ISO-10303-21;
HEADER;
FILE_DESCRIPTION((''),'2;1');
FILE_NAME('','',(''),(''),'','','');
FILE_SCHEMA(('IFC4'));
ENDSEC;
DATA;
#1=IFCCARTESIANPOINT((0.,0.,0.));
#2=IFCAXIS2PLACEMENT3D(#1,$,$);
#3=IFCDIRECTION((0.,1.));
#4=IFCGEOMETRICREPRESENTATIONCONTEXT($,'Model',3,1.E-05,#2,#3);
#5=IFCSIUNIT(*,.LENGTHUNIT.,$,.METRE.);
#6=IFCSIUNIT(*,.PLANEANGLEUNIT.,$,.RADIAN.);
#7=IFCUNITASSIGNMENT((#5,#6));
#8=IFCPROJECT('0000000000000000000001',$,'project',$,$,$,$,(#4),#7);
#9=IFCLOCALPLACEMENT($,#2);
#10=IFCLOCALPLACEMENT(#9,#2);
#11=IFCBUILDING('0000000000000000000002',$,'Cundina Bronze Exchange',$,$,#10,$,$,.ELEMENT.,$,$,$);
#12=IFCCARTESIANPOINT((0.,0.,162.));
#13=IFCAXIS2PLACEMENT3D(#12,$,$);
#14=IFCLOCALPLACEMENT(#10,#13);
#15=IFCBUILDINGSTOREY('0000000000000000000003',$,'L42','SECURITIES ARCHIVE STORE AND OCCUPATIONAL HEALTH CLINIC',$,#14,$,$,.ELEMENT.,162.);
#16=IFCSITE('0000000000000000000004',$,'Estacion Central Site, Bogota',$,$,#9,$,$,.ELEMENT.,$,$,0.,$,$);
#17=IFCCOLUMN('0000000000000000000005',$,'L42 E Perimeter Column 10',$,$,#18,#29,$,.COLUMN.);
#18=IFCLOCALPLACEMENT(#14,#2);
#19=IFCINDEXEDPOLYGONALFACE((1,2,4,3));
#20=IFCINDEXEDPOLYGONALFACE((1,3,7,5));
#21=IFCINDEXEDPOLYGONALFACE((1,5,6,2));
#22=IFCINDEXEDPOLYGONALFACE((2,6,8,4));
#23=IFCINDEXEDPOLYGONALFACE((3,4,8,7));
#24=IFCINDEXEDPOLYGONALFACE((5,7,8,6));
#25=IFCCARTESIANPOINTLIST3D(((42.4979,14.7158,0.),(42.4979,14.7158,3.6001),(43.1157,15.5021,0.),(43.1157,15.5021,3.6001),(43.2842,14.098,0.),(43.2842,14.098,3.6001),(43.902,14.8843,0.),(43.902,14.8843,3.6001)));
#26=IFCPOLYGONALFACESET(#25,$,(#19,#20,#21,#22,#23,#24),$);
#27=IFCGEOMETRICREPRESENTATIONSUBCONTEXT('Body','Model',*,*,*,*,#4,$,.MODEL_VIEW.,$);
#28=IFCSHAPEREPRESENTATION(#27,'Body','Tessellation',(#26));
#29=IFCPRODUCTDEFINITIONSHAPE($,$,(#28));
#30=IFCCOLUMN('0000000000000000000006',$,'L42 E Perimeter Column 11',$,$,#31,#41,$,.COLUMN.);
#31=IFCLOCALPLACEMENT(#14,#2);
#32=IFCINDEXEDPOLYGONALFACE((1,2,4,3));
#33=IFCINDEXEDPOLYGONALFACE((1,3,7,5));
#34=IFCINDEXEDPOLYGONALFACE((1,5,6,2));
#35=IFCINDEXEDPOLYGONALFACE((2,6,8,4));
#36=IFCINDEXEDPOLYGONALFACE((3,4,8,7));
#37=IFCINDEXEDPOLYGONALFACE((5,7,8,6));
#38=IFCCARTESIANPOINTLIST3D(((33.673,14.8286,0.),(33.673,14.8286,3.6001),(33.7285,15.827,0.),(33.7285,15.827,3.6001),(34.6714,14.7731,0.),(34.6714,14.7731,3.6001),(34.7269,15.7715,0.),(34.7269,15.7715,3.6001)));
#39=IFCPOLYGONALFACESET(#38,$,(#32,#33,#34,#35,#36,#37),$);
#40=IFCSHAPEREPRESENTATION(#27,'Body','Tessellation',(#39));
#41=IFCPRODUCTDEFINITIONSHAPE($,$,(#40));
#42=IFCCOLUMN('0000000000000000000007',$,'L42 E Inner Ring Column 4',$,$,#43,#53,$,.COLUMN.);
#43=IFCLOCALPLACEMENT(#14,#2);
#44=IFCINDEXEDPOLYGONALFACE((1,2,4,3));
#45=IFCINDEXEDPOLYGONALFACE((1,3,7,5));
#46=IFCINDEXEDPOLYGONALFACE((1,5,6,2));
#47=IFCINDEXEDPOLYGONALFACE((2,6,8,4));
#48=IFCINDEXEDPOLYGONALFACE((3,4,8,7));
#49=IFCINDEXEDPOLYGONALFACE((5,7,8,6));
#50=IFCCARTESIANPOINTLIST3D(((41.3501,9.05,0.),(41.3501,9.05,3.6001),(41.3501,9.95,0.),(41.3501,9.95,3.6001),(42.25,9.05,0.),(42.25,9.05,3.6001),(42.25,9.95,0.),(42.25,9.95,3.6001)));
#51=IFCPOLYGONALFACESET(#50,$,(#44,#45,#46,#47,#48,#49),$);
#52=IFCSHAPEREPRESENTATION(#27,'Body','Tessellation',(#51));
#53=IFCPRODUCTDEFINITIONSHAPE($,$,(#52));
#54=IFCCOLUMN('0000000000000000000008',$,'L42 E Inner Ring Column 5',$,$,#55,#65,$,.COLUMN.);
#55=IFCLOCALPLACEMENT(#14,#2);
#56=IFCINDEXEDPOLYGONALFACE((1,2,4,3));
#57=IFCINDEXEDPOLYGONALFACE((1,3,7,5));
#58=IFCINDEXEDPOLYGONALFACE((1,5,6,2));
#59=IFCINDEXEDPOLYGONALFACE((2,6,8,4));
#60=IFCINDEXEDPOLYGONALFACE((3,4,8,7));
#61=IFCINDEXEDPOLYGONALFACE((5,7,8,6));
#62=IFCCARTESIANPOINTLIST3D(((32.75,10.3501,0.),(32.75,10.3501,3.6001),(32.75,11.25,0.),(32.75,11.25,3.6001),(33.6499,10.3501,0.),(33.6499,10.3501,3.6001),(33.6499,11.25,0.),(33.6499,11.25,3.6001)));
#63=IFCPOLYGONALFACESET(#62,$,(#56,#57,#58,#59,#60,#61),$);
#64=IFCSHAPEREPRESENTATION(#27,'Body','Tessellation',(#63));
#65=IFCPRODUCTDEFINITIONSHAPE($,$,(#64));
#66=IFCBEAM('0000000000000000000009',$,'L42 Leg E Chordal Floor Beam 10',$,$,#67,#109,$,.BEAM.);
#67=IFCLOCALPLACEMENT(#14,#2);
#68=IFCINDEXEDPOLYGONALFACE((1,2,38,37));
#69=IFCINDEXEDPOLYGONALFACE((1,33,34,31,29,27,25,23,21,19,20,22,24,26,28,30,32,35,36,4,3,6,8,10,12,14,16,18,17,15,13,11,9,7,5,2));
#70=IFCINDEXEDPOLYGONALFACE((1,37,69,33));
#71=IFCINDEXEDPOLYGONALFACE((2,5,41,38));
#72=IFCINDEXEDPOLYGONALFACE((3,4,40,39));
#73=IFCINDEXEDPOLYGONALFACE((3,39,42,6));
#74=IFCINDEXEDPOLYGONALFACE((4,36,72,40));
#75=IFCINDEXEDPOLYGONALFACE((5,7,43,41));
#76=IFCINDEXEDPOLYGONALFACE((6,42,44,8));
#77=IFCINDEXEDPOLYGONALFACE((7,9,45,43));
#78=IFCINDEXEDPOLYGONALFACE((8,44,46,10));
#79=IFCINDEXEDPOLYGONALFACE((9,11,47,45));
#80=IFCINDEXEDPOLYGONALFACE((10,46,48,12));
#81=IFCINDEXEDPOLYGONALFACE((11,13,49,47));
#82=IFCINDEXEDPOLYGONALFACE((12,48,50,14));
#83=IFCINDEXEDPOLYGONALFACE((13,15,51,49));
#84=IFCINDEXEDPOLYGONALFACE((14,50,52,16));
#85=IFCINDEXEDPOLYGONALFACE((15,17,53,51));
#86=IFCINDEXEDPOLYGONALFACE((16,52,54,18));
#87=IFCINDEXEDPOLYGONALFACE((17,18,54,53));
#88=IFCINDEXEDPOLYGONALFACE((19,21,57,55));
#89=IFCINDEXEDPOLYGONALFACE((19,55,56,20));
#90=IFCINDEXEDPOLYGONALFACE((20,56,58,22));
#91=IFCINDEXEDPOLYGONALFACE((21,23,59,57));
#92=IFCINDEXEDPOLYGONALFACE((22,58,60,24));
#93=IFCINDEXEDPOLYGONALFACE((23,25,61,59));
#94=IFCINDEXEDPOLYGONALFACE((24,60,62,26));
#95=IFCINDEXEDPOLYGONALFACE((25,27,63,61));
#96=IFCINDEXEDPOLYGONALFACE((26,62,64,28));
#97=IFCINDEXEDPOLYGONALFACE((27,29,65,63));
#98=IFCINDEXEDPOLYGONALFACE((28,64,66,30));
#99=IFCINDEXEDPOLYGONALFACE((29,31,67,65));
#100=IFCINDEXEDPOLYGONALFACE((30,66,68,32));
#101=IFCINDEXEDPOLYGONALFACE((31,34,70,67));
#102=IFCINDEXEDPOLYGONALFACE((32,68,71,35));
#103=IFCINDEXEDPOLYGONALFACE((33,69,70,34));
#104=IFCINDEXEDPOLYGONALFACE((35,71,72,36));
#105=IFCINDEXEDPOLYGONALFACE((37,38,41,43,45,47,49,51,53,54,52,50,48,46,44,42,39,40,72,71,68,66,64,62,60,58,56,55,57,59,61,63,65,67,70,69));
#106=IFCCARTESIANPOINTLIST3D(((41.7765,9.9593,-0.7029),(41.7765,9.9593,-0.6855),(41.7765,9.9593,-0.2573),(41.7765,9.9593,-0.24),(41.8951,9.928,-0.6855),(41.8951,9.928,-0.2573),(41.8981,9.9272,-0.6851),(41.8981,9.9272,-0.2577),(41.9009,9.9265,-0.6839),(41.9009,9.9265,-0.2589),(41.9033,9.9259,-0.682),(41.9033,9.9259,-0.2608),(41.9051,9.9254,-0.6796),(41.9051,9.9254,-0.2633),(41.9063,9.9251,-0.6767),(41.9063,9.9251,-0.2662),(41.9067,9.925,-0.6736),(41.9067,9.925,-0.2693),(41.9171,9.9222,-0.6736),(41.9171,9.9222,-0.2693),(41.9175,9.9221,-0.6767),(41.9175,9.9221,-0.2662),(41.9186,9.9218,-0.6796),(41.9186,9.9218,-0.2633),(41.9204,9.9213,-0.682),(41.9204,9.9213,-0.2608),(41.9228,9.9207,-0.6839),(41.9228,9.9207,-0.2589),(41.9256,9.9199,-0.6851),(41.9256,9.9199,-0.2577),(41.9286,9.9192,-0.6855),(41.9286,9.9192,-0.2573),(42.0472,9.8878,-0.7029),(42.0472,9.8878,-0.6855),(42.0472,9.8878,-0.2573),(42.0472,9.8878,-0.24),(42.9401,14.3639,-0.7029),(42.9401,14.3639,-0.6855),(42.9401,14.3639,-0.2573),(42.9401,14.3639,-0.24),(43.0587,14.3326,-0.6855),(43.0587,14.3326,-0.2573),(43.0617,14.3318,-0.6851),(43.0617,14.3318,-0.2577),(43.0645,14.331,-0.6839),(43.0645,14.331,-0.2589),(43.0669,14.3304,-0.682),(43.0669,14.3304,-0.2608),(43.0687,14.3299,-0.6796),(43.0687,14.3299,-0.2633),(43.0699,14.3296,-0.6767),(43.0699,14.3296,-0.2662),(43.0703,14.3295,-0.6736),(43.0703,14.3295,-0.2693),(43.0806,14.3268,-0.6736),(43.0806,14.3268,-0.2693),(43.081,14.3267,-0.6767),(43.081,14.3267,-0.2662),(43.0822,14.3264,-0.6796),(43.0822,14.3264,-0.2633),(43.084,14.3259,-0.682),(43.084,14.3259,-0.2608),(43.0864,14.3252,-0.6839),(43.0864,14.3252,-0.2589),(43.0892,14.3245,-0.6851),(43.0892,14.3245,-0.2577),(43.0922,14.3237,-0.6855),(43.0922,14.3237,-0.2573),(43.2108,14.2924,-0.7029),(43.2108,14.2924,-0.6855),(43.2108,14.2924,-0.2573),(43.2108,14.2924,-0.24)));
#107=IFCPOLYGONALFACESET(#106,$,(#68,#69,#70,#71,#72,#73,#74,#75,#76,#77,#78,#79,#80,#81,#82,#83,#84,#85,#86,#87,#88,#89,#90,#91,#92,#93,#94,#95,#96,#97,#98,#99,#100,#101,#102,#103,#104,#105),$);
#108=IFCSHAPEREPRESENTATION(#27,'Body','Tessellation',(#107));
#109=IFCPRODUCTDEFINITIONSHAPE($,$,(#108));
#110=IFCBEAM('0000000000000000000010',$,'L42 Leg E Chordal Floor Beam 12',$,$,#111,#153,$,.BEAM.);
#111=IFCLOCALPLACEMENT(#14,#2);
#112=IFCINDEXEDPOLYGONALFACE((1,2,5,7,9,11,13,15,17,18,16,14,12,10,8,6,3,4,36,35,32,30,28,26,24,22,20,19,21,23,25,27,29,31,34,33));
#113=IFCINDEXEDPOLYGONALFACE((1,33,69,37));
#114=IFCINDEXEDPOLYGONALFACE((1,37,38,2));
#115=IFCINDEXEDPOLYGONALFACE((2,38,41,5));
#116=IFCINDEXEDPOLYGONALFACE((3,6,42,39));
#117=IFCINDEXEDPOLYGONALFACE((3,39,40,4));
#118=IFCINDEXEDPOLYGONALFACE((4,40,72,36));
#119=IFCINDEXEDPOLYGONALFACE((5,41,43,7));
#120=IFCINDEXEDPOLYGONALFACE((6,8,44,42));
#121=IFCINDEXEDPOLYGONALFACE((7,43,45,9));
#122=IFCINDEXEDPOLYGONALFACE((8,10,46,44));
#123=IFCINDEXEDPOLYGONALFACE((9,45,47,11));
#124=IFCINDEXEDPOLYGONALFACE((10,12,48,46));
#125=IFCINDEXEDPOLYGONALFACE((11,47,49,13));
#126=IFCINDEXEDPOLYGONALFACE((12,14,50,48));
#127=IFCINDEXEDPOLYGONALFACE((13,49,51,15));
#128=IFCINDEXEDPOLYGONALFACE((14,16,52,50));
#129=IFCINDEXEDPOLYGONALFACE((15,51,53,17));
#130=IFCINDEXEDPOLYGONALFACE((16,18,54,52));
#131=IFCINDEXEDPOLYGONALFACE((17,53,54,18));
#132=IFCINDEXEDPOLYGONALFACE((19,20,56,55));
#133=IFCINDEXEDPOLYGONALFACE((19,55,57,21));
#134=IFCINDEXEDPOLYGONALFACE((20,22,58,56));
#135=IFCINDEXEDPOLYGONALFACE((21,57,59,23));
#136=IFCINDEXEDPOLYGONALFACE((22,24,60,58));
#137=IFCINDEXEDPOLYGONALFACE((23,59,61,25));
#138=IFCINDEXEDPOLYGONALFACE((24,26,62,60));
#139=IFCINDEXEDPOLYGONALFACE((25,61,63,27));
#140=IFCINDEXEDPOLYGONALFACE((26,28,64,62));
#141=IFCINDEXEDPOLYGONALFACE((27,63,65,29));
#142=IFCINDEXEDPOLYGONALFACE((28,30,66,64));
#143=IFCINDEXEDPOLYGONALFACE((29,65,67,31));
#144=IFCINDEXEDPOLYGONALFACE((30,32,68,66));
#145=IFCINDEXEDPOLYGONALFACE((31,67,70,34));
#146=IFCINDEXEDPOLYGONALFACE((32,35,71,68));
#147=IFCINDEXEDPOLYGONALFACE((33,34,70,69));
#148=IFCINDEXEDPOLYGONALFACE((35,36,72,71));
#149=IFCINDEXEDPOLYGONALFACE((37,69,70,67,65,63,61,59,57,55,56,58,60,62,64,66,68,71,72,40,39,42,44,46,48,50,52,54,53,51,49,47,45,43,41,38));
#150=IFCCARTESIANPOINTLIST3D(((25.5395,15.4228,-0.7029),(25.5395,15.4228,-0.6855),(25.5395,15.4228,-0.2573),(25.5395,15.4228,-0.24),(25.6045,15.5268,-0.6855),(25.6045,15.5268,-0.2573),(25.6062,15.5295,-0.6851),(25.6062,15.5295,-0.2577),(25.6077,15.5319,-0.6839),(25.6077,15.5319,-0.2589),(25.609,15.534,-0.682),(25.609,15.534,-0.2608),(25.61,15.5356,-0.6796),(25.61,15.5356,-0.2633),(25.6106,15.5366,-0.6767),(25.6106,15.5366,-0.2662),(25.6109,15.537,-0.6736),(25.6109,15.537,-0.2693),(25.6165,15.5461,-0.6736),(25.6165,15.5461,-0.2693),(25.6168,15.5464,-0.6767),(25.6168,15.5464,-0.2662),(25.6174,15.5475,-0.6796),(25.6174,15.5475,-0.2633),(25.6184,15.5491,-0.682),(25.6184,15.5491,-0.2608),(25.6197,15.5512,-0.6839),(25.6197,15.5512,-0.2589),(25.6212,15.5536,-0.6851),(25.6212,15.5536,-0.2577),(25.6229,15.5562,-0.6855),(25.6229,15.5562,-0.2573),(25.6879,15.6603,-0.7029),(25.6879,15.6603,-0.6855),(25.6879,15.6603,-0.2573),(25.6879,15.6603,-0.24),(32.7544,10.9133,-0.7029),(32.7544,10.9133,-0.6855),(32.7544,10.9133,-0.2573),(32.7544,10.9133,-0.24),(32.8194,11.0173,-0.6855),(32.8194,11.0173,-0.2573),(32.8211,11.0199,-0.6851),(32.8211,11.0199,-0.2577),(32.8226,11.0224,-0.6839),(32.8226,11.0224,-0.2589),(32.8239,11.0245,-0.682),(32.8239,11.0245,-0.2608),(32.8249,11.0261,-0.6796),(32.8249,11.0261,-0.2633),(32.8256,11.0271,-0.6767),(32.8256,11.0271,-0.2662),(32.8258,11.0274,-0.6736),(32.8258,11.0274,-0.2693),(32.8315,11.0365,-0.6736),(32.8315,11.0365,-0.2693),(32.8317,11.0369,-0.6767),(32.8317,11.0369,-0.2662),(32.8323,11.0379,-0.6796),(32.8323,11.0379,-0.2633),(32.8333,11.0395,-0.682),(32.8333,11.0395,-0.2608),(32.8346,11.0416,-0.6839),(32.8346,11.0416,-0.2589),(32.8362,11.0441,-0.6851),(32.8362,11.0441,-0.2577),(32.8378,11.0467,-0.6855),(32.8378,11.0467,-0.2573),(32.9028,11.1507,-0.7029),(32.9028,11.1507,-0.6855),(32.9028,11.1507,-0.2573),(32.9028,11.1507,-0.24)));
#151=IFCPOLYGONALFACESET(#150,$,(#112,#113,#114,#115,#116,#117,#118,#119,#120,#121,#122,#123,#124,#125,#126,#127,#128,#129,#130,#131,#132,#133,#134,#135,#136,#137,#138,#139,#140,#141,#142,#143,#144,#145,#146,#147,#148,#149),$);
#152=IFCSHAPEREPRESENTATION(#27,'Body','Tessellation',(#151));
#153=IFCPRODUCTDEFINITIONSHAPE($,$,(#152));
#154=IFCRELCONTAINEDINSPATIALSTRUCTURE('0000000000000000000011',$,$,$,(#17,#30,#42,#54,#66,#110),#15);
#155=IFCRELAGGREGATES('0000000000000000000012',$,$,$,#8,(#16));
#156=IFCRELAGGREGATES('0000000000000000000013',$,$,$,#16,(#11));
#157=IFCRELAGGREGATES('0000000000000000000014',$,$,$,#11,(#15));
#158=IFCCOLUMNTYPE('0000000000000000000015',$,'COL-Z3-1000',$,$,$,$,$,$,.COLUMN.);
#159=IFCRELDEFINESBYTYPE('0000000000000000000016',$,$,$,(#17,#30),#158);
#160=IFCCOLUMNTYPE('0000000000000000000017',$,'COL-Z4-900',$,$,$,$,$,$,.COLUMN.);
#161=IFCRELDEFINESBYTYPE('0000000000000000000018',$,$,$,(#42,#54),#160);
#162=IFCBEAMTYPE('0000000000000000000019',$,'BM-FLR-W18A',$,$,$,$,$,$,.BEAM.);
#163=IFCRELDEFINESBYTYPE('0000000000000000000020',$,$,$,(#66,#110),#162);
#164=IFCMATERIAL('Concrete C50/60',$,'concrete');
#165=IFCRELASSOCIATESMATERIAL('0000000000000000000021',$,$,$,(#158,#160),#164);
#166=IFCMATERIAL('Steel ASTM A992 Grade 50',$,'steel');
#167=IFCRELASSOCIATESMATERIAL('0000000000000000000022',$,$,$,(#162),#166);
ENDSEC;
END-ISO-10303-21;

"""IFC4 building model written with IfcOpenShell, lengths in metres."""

from ifc_helpers import new_model, si_unit, direction, frame, origin, origin_2d, place, context, subcontext, project, spatial, rectangle, i_section, extrude, material, material_profile, profile_set, type_object, element, save


model = new_model("IFC4")

# Units and contexts
model_context = context("Model", 3, precision=1e-05, world=origin(), true_north=direction((0.0, 1.0)))
body_context = subcontext(model_context, "Body", "Model", "MODEL_VIEW")
ifc_project = project(units=[si_unit("LENGTHUNIT", "METRE"), si_unit("PLANEANGLEUNIT", "RADIAN")], contexts=[model_context])

# Site, building, storey
site_placement = place(None, origin())
site = spatial("IfcSite", under=ifc_project, at=site_placement, Name="Estacion Central Site, Bogota", CompositionType="ELEMENT", RefElevation=0.0)
building_placement = place(site_placement, origin())
building = spatial("IfcBuilding", under=site, at=building_placement, Name="Cundina Bronze Exchange", CompositionType="ELEMENT")
storey_placement = place(building_placement, frame((0.0, 0.0, 162.0)))
storey = spatial("IfcBuildingStorey", under=building, at=storey_placement, Name="L42", Description="SECURITIES ARCHIVE STORE AND OCCUPATIONAL HEALTH CLINIC", CompositionType="ELEMENT", Elevation=162.0)

# Columns
ifc_material_1 = material(Name="Concrete C50/60", Category="concrete")
ifc_material_profile_1 = material_profile(ifc_material_1, rectangle(XDim=1.0, YDim=1.0, at=origin_2d()), Name="RC1000X1000", Category="concrete")
ifc_profile_set_1 = profile_set([ifc_material_profile_1], Name="Concrete C50/60")
column_type_1 = type_object("IfcColumnType", Name="COL-Z3-1000", PredefinedType="COLUMN", material=ifc_profile_set_1)
for number, where, z_axis, x_axis, name in (
    (1, (43.2, 14.8, 0.0), (0.0, 0.0, 1.0), (-0.786288, 0.61786, 0.0), "L42 E Perimeter Column 10"),
    (2, (34.2, 15.3, 0.0), (0.0, 0.0, 1.0), (-0.99846, 0.055473, 0.0), "L42 E Perimeter Column 11"),
):
    element("IfcColumn", number, at=place(storey_placement, frame(where, z_axis=z_axis, x_axis=x_axis)), inside=storey, type_object=column_type_1, Name=name, PredefinedType="COLUMN", context=body_context, shape_type="SweptSolid", body=[
        extrude(rectangle(XDim=1.0, YDim=1.0, at=origin_2d()), origin(), (0.0, 0.0, 1.0), 3.6001),
    ])
ifc_material_profile_2 = material_profile(ifc_material_1, rectangle(XDim=0.8999, YDim=0.8999, at=origin_2d()), Name="RC900X900", Category="concrete")
ifc_profile_set_2 = profile_set([ifc_material_profile_2], Name="Concrete C50/60")
column_type_2 = type_object("IfcColumnType", Name="COL-Z4-900", PredefinedType="COLUMN", material=ifc_profile_set_2)
for number, where, z_axis, x_axis, name in (
    (3, (41.8, 9.5, 0.0), (0.0, 0.0, 1.0), (1.0, 0.0, 0.0), "L42 E Inner Ring Column 4"),
    (4, (33.2, 10.8, 0.0), (0.0, 0.0, 1.0), (1.0, 0.0, 0.0), "L42 E Inner Ring Column 5"),
):
    element("IfcColumn", number, at=place(storey_placement, frame(where, z_axis=z_axis, x_axis=x_axis)), inside=storey, type_object=column_type_2, Name=name, PredefinedType="COLUMN", context=body_context, shape_type="SweptSolid", body=[
        extrude(rectangle(XDim=0.8999, YDim=0.8999, at=origin_2d()), origin(), (0.0, 0.0, 1.0), 3.6001),
    ])

# Beams
ifc_material_2 = material(Name="Steel ASTM A992 Grade 50", Category="steel")
ifc_material_profile_3 = material_profile(ifc_material_2, i_section(OverallWidth=0.28, OverallDepth=0.4629, WebThickness=0.0107, FlangeThickness=0.0173, FilletRadius=0.012, at=origin_2d()), Name="W18X76", Category="steel")
ifc_profile_set_3 = profile_set([ifc_material_profile_3], Name="Steel ASTM A992 Grade 50")
beam_type_1 = type_object("IfcBeamType", Name="BM-FLR-W18A", PredefinedType="BEAM", material=ifc_profile_set_3)
beam_1_placement = place(storey_placement, frame((41.9119, 9.9236, -0.4714), z_axis=(0.255414, 0.966832, 0.0), x_axis=(-0.966832, 0.255414, 0.0)))
element("IfcBeam", 5, at=beam_1_placement, inside=storey, type_object=beam_type_1, Name="L42 Leg E Chordal Floor Beam 10", PredefinedType="BEAM", context=body_context, shape_type="SweptSolid", body=[
    extrude(i_section(OverallWidth=0.28, OverallDepth=0.4629, WebThickness=0.0107, FlangeThickness=0.0173, FilletRadius=0.012, at=origin_2d()), origin(), (0.0, 0.0, 1.0), 4.5557),
])
beam_2_placement = place(storey_placement, frame((32.8286, 11.032, -0.4714), z_axis=(-0.847985, 0.53002, 0.0), x_axis=(-0.53002, -0.847985, 0.0)))
element("IfcBeam", 6, at=beam_2_placement, inside=storey, type_object=beam_type_1, Name="L42 Leg E Chordal Floor Beam 12", PredefinedType="BEAM", context=body_context, shape_type="SweptSolid", body=[
    extrude(i_section(OverallWidth=0.28, OverallDepth=0.4629, WebThickness=0.0107, FlangeThickness=0.0173, FilletRadius=0.012, at=origin_2d()), origin(), (0.0, 0.0, 1.0), 8.5083),
])

save(model, "model.ifc")
